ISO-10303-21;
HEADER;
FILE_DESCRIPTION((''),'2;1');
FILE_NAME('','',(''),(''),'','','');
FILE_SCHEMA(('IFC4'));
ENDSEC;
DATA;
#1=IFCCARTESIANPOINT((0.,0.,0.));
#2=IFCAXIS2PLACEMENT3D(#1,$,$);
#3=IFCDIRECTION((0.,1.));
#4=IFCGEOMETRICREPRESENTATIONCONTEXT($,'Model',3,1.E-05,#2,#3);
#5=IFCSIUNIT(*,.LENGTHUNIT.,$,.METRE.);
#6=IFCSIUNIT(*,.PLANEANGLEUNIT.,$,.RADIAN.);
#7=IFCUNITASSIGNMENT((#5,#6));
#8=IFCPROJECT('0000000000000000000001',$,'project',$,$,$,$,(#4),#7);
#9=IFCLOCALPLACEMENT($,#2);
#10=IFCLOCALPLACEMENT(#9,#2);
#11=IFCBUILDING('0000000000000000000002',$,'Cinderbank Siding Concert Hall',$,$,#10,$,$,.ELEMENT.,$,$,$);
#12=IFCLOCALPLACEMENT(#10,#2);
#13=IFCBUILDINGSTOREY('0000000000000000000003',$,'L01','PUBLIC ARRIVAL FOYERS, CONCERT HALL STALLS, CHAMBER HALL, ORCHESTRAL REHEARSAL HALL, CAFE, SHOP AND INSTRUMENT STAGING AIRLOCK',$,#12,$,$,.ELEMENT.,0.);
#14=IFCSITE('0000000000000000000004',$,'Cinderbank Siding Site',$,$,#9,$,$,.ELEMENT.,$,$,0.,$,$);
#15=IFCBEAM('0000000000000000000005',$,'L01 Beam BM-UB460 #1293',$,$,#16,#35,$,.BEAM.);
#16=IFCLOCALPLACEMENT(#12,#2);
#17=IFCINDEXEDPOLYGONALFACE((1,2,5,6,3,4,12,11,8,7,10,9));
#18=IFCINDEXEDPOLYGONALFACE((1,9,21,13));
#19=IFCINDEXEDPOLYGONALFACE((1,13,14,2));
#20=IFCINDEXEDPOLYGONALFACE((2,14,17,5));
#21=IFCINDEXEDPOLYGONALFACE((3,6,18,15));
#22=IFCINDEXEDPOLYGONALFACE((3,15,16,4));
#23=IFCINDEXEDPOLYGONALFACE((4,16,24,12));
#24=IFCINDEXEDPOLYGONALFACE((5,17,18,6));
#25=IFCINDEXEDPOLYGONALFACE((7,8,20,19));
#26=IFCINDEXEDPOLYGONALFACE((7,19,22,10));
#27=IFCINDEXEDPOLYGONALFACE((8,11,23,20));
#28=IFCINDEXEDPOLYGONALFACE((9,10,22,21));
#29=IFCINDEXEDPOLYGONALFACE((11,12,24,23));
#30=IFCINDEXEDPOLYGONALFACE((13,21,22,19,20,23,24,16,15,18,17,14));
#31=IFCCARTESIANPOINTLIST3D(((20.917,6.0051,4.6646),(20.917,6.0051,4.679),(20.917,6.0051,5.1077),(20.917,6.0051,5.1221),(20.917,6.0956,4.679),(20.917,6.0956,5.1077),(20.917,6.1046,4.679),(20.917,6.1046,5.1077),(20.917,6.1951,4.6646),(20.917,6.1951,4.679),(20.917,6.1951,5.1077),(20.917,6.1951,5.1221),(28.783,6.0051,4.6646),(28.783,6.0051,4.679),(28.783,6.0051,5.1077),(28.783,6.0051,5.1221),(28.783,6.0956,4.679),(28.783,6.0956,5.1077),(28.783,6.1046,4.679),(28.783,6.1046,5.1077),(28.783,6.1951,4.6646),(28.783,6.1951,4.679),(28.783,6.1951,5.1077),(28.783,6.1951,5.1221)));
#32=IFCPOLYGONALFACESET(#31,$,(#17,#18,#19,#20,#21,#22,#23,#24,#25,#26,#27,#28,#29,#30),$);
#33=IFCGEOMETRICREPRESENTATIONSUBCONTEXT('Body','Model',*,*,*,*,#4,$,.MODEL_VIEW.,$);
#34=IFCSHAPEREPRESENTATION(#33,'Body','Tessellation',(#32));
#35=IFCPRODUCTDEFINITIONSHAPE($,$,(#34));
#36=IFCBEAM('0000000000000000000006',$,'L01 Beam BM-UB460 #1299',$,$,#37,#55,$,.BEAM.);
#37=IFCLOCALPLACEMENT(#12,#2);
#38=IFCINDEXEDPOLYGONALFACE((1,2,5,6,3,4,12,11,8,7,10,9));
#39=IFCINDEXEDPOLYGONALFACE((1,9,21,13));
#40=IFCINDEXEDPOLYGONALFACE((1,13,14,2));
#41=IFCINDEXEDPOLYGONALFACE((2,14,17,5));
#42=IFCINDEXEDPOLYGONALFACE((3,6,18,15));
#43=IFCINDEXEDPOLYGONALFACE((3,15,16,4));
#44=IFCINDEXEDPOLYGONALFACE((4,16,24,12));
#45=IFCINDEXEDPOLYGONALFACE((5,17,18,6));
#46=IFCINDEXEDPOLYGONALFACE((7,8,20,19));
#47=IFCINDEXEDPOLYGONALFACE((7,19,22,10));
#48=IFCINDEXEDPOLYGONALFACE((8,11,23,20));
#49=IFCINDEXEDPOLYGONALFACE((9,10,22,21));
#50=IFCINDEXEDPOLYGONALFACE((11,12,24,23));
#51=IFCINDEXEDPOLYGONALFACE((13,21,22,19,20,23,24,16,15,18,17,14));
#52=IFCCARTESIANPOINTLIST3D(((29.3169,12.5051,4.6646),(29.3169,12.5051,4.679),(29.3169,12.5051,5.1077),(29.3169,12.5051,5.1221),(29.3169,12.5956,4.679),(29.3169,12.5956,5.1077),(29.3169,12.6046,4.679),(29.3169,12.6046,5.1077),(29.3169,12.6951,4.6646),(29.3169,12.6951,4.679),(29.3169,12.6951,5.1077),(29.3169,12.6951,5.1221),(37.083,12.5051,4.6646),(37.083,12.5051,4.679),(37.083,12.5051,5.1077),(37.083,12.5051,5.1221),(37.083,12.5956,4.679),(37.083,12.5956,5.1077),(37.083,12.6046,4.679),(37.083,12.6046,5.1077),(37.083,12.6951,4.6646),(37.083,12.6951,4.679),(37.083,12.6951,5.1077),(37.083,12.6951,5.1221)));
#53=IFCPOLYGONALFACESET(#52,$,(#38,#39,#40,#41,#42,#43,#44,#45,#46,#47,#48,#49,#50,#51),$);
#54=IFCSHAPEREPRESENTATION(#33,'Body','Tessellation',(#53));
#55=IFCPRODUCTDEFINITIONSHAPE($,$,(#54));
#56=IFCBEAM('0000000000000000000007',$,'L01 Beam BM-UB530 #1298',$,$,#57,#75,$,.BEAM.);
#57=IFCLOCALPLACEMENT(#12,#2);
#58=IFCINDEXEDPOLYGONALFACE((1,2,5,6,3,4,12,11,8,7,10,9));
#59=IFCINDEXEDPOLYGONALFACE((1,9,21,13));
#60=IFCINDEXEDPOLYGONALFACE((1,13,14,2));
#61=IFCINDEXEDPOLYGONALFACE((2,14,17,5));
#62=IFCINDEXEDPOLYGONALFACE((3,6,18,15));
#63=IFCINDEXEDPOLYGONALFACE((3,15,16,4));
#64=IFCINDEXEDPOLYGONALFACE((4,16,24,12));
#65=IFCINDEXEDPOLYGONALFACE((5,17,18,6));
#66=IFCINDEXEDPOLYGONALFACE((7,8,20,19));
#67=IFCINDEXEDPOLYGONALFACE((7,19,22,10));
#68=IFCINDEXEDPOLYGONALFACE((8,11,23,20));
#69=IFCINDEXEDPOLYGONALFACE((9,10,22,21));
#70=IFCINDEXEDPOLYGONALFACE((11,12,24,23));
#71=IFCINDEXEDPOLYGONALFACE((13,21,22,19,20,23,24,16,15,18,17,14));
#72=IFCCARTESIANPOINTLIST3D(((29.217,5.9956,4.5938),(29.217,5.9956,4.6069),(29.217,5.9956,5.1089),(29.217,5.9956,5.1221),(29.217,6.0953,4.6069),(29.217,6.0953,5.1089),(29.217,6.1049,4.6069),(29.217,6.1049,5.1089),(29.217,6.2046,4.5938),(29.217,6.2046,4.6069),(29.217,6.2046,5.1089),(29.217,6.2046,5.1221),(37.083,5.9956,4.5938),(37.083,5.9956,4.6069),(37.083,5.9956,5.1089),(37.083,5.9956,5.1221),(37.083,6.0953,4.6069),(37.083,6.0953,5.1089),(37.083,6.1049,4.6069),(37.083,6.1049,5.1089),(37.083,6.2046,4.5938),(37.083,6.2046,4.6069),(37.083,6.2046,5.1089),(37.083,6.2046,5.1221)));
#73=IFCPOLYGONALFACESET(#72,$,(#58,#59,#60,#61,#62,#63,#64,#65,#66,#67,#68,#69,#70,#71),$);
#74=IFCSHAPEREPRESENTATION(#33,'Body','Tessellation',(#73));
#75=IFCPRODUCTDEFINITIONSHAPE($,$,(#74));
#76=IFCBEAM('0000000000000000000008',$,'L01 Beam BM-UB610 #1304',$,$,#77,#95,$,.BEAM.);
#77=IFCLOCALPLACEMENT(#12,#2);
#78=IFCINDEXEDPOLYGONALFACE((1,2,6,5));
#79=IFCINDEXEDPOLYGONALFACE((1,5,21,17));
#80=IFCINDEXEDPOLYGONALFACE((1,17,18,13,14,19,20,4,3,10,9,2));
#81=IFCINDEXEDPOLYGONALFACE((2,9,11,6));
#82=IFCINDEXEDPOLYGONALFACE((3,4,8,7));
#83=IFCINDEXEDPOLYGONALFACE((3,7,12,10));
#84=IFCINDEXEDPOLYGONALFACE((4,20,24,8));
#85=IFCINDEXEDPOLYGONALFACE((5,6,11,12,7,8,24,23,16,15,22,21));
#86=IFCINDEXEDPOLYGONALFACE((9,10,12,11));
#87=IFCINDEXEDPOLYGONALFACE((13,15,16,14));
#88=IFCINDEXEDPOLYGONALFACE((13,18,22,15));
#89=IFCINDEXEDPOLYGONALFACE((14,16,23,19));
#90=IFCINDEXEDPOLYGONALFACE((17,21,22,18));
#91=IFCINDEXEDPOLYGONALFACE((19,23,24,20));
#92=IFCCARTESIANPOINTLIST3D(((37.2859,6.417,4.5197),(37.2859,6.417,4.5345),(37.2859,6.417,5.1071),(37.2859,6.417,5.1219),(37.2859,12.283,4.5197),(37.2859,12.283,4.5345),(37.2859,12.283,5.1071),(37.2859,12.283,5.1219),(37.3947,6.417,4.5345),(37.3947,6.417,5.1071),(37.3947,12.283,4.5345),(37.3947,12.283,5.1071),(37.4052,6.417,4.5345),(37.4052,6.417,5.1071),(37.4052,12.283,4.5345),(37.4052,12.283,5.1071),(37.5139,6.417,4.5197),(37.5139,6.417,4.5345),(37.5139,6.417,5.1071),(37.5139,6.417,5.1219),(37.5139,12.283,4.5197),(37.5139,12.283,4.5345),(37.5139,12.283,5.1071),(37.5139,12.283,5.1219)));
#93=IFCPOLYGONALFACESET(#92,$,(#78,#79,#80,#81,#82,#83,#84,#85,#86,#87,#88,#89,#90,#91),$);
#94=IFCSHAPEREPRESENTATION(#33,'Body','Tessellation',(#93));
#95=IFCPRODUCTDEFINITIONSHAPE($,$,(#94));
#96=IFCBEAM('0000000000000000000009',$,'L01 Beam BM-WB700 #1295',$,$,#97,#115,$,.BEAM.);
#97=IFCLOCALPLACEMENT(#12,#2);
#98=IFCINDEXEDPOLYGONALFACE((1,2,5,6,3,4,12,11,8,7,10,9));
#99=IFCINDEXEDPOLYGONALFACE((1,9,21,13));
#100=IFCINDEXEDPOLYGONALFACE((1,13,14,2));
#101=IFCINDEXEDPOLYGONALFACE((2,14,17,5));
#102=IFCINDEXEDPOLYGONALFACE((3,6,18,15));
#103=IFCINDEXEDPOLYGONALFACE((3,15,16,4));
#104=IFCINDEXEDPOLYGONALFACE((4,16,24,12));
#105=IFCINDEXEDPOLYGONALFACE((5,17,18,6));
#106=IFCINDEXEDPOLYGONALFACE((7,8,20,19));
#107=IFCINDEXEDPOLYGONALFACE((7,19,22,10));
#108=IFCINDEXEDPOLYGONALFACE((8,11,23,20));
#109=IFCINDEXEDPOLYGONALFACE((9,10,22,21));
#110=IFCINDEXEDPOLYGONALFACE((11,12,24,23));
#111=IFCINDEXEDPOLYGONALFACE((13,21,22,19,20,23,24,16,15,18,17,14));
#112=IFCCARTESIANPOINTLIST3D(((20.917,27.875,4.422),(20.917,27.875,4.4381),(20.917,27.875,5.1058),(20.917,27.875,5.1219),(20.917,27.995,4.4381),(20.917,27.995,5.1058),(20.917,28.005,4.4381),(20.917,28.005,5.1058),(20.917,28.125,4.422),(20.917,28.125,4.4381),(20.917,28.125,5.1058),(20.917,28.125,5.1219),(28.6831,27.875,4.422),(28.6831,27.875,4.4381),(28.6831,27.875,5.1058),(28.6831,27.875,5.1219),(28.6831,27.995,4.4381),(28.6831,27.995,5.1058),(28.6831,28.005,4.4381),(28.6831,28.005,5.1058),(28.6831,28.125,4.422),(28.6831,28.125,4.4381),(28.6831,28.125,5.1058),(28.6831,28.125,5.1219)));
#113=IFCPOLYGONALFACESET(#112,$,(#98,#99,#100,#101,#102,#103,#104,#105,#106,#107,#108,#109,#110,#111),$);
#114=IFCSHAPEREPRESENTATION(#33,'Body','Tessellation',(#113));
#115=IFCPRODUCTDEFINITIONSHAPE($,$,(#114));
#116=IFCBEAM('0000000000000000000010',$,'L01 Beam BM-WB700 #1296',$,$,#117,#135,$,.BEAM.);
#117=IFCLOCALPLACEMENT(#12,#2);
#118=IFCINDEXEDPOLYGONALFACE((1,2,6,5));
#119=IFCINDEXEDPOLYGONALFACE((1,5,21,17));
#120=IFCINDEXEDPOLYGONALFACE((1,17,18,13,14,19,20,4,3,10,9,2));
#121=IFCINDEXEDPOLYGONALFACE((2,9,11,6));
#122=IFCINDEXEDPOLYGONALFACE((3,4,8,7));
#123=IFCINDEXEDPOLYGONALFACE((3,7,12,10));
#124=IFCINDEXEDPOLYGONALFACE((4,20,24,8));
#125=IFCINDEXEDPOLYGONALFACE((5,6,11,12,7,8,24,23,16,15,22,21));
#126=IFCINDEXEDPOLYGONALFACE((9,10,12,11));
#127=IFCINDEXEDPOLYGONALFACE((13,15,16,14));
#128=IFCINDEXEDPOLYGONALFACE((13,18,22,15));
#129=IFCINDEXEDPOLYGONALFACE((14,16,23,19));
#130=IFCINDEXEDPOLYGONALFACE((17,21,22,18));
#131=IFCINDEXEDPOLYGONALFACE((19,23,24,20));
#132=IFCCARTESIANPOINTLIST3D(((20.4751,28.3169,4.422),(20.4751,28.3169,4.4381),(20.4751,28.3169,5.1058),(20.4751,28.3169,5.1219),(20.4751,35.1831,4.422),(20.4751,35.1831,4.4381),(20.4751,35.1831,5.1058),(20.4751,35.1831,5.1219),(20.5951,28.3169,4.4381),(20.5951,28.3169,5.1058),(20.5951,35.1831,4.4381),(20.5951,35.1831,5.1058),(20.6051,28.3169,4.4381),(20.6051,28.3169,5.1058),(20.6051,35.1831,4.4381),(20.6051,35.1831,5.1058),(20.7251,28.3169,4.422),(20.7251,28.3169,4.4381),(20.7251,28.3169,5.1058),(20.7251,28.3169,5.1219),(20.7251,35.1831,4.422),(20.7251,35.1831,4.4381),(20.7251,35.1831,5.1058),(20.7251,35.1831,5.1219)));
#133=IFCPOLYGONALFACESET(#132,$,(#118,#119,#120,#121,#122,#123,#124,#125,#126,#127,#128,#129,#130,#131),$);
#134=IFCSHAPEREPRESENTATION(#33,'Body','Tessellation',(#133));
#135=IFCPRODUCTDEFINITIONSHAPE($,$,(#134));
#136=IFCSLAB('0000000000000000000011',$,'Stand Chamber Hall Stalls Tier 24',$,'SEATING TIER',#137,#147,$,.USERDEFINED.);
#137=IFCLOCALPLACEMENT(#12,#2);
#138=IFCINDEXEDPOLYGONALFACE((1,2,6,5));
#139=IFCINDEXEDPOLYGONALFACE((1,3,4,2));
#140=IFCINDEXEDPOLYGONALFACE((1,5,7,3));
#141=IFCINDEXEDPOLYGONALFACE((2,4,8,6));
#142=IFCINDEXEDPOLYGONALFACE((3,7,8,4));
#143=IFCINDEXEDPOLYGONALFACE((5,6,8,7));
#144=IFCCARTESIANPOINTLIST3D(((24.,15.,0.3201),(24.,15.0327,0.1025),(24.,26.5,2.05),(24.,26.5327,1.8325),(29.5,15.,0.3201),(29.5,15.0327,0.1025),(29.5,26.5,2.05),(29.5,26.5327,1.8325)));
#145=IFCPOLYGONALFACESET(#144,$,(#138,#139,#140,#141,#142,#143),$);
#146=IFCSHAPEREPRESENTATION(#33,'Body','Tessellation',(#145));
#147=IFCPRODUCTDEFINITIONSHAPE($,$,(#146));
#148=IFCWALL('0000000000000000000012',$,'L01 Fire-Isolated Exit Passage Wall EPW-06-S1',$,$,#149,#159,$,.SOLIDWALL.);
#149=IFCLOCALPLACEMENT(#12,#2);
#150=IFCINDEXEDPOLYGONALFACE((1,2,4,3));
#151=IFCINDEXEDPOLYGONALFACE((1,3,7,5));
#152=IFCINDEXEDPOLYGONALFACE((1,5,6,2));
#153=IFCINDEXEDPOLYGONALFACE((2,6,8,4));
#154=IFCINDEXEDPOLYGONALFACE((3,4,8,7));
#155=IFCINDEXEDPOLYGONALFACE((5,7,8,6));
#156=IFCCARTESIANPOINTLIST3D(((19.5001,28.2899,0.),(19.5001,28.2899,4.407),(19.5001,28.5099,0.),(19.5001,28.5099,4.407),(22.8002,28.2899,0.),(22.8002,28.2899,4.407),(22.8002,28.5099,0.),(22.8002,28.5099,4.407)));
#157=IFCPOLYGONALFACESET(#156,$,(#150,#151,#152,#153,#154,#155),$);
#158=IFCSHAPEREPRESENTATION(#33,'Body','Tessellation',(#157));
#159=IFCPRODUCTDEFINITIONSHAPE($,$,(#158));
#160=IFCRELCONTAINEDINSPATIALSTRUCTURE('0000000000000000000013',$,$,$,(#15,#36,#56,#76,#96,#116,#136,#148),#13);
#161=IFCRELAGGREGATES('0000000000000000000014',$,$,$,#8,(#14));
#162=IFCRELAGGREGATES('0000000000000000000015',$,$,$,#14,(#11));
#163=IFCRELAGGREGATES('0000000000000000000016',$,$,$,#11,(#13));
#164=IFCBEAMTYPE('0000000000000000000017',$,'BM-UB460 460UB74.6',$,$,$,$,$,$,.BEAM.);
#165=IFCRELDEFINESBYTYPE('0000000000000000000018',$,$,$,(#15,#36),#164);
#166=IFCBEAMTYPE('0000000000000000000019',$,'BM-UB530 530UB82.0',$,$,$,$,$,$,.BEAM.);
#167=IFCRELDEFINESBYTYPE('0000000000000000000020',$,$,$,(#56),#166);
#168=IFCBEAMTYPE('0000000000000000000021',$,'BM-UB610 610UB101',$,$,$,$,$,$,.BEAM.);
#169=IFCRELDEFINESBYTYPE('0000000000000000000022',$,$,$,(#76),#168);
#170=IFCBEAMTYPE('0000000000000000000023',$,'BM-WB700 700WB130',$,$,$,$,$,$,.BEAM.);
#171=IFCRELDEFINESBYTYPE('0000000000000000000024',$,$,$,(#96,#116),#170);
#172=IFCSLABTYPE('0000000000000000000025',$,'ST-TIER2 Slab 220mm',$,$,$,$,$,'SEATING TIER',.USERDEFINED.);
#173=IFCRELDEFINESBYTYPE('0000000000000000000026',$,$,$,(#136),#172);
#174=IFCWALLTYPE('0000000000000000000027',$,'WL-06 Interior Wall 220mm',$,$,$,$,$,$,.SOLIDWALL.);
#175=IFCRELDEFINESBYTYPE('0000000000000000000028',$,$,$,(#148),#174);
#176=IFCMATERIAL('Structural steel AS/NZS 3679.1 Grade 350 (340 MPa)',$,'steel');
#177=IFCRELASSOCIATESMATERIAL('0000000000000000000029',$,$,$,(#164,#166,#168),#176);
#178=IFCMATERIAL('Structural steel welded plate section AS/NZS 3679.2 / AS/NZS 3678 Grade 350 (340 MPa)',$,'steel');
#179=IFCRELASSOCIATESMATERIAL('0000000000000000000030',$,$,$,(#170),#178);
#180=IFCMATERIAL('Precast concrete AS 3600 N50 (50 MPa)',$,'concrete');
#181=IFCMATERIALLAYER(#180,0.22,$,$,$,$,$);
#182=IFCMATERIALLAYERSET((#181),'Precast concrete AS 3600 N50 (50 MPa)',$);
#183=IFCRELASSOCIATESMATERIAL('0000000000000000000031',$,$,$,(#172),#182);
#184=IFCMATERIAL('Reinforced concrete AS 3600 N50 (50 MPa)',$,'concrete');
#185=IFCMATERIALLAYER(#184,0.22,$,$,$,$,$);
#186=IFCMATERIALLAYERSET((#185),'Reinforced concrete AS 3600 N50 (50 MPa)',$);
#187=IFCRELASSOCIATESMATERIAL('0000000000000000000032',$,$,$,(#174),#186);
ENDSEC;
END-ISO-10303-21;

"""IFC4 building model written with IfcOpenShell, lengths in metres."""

from ifc_helpers import new_model, si_unit, direction, frame, frame_2d, origin, origin_2d, place, context, subcontext, project, spatial, polyline, rectangle, i_section, outline, extrude, material, layer, layer_set, material_profile, profile_set, type_object, element, save


model = new_model("IFC4")

# Units and contexts
model_context = context("Model", 3, precision=1e-05, world=origin(), true_north=direction((0.0, 1.0)))
body_context = subcontext(model_context, "Body", "Model", "MODEL_VIEW")
ifc_project = project(units=[si_unit("LENGTHUNIT", "METRE"), si_unit("PLANEANGLEUNIT", "RADIAN")], contexts=[model_context])

# Site, building, storey
site_placement = place(None, origin())
site = spatial("IfcSite", under=ifc_project, at=site_placement, Name="Cinderbank Siding Site", CompositionType="ELEMENT", RefElevation=0.0)
building_placement = place(site_placement, origin())
building = spatial("IfcBuilding", under=site, at=building_placement, Name="Cinderbank Siding Concert Hall", CompositionType="ELEMENT")
storey_placement = place(building_placement, origin())
storey = spatial("IfcBuildingStorey", under=building, at=storey_placement, Name="L01", Description="PUBLIC ARRIVAL FOYERS, CONCERT HALL STALLS, CHAMBER HALL, ORCHESTRAL REHEARSAL HALL, CAFE, SHOP AND INSTRUMENT STAGING AIRLOCK", CompositionType="ELEMENT", Elevation=0.0)

# Shared definitions
ifc_material_1 = material(Name="Reinforced concrete AS 3600 N50 (50 MPa)", Category="concrete")

# Beams
ifc_material_2 = material(Name="Structural steel AS/NZS 3679.1 Grade 350 (340 MPa)", Category="steel")
ifc_material_profile_1 = material_profile(ifc_material_2, i_section(OverallWidth=0.1899, OverallDepth=0.4575, WebThickness=0.009, FlangeThickness=0.0144, at=origin_2d()), Name="460UB74.6", Category="LoadBearing")
ifc_profile_set_1 = profile_set([ifc_material_profile_1], Name="Structural steel AS/NZS 3679.1 Grade 350 (340 MPa)")
beam_type_1 = type_object("IfcBeamType", Name="BM-UB460 460UB74.6", PredefinedType="BEAM", material=ifc_profile_set_1)
beam_1_placement = place(storey_placement, frame((20.917, 6.1001, 4.8933), z_axis=(1.0, 0.0, 0.0), x_axis=(0.0, 1.0, 0.0)))
element("IfcBeam", 1, at=beam_1_placement, inside=storey, type_object=beam_type_1, Name="L01 Beam BM-UB460 #1293", PredefinedType="BEAM", context=body_context, shape_type="SweptSolid", body=[
    extrude(i_section(OverallWidth=0.1899, OverallDepth=0.4575, WebThickness=0.009, FlangeThickness=0.0144, at=origin_2d()), origin(), (0.0, 0.0, 1.0), 7.866),
])
beam_2_placement = place(storey_placement, frame((29.3169, 12.6001, 4.8933), z_axis=(1.0, 0.0, 0.0), x_axis=(0.0, 1.0, 0.0)))
element("IfcBeam", 2, at=beam_2_placement, inside=storey, type_object=beam_type_1, Name="L01 Beam BM-UB460 #1299", PredefinedType="BEAM", context=body_context, shape_type="SweptSolid", body=[
    extrude(i_section(OverallWidth=0.1899, OverallDepth=0.4575, WebThickness=0.009, FlangeThickness=0.0144, at=origin_2d()), origin(), (0.0, 0.0, 1.0), 7.7661),
])
ifc_material_profile_2 = material_profile(ifc_material_2, i_section(OverallWidth=0.209, OverallDepth=0.5283, WebThickness=0.0095, FlangeThickness=0.0132, at=origin_2d()), Name="530UB82.0", Category="LoadBearing")
ifc_profile_set_2 = profile_set([ifc_material_profile_2], Name="Structural steel AS/NZS 3679.1 Grade 350 (340 MPa)")
beam_type_2 = type_object("IfcBeamType", Name="BM-UB530 530UB82.0", PredefinedType="BEAM", material=ifc_profile_set_2)
beam_3_placement = place(storey_placement, frame((29.217, 6.1001, 4.8579), z_axis=(1.0, 0.0, 0.0), x_axis=(0.0, 1.0, 0.0)))
element("IfcBeam", 3, at=beam_3_placement, inside=storey, type_object=beam_type_2, Name="L01 Beam BM-UB530 #1298", PredefinedType="BEAM", context=body_context, shape_type="SweptSolid", body=[
    extrude(i_section(OverallWidth=0.209, OverallDepth=0.5283, WebThickness=0.0095, FlangeThickness=0.0132, at=origin_2d()), origin(), (0.0, 0.0, 1.0), 7.866),
])
ifc_material_profile_3 = material_profile(ifc_material_2, i_section(OverallWidth=0.228, OverallDepth=0.6023, WebThickness=0.0105, FlangeThickness=0.0149, at=origin_2d()), Name="610UB101", Category="LoadBearing")
ifc_profile_set_3 = profile_set([ifc_material_profile_3], Name="Structural steel AS/NZS 3679.1 Grade 350 (340 MPa)")
beam_type_3 = type_object("IfcBeamType", Name="BM-UB610 610UB101", PredefinedType="BEAM", material=ifc_profile_set_3)
beam_4_placement = place(storey_placement, frame((37.3999, 6.417, 4.8208), z_axis=(0.0, 1.0, 0.0), x_axis=(-1.0, 0.0, 0.0)))
element("IfcBeam", 4, at=beam_4_placement, inside=storey, type_object=beam_type_3, Name="L01 Beam BM-UB610 #1304", PredefinedType="BEAM", context=body_context, shape_type="SweptSolid", body=[
    extrude(i_section(OverallWidth=0.228, OverallDepth=0.6023, WebThickness=0.0105, FlangeThickness=0.0149, at=origin_2d()), origin(), (0.0, 0.0, 1.0), 5.866),
])
ifc_material_3 = material(Name="Structural steel welded plate section AS/NZS 3679.2 / AS/NZS 3678 Grade 350 (340 MPa)", Category="steel")
ifc_material_profile_4 = material_profile(ifc_material_3, i_section(OverallWidth=0.25, OverallDepth=0.7, WebThickness=0.01, FlangeThickness=0.0161, at=origin_2d()), Name="700WB130", Category="LoadBearing")
ifc_profile_set_4 = profile_set([ifc_material_profile_4], Name="Structural steel welded plate section AS/NZS 3679.2 / AS/NZS 3678 Grade 350 (340 MPa)")
beam_type_4 = type_object("IfcBeamType", Name="BM-WB700 700WB130", PredefinedType="BEAM", material=ifc_profile_set_4)
beam_5_placement = place(storey_placement, frame((20.917, 28.0, 4.772), z_axis=(1.0, 0.0, 0.0), x_axis=(0.0, 1.0, 0.0)))
element("IfcBeam", 5, at=beam_5_placement, inside=storey, type_object=beam_type_4, Name="L01 Beam BM-WB700 #1295", PredefinedType="BEAM", context=body_context, shape_type="SweptSolid", body=[
    extrude(i_section(OverallWidth=0.25, OverallDepth=0.7, WebThickness=0.01, FlangeThickness=0.0161, at=origin_2d()), origin(), (0.0, 0.0, 1.0), 7.7661),
])
beam_6_placement = place(storey_placement, frame((20.6001, 28.3169, 4.772), z_axis=(0.0, 1.0, 0.0), x_axis=(-1.0, 0.0, 0.0)))
element("IfcBeam", 6, at=beam_6_placement, inside=storey, type_object=beam_type_4, Name="L01 Beam BM-WB700 #1296", PredefinedType="BEAM", context=body_context, shape_type="SweptSolid", body=[
    extrude(i_section(OverallWidth=0.25, OverallDepth=0.7, WebThickness=0.01, FlangeThickness=0.0161, at=origin_2d()), origin(), (0.0, 0.0, 1.0), 6.8662),
])

# Slab
ifc_material_4 = material(Name="Precast concrete AS 3600 N50 (50 MPa)", Category="concrete")
ifc_layer_1 = layer(ifc_material_4, 0.22)
ifc_layer_set_1 = layer_set([ifc_layer_1], Name="Precast concrete AS 3600 N50 (50 MPa)")
slab_type = type_object("IfcSlabType", Name="ST-TIER2 Slab 220mm", ElementType="SEATING TIER", PredefinedType="USERDEFINED", material=ifc_layer_set_1)
slab_placement = place(storey_placement, frame((24.0, 15.0, 0.3201), z_axis=(0.0, -0.148759, 0.988873), x_axis=(1.0, 0.0, 0.0)))
element("IfcSlab", 7, at=slab_placement, inside=storey, type_object=slab_type, Name="Stand Chamber Hall Stalls Tier 24", ObjectType="SEATING TIER", PredefinedType="USERDEFINED", context=body_context, shape_type="SweptSolid", body=[
    extrude(outline(polyline([(0.0, 0.0), (5.5, 0.0), (5.5, 11.6294), (0.0, 11.6294), (0.0, 0.0)])), origin(), (0.0, 0.0, -1.0), 0.22),
])

# Wall
ifc_layer_2 = layer(ifc_material_1, 0.22)
ifc_layer_set_2 = layer_set([ifc_layer_2], Name="Reinforced concrete AS 3600 N50 (50 MPa)")
wall_type_1 = type_object("IfcWallType", Name="WL-06 Interior Wall 220mm", PredefinedType="SOLIDWALL", material=ifc_layer_set_2)
wall_1_placement = place(storey_placement, frame((22.8, 28.3999, 0.0), z_axis=(0.0, 0.0, 1.0), x_axis=(-1.0, 0.0, 0.0)))
element("IfcWall", 8, at=wall_1_placement, inside=storey, type_object=wall_type_1, Name="L01 Fire-Isolated Exit Passage Wall EPW-06-S1", PredefinedType="SOLIDWALL", context=body_context, shape_type="SweptSolid", body=[
    extrude(rectangle(XDim=3.3, YDim=0.22, at=frame_2d((1.6499, 0.0))), origin(), (0.0, 0.0, 1.0), 4.407),
])

save(model, "model.ifc")
